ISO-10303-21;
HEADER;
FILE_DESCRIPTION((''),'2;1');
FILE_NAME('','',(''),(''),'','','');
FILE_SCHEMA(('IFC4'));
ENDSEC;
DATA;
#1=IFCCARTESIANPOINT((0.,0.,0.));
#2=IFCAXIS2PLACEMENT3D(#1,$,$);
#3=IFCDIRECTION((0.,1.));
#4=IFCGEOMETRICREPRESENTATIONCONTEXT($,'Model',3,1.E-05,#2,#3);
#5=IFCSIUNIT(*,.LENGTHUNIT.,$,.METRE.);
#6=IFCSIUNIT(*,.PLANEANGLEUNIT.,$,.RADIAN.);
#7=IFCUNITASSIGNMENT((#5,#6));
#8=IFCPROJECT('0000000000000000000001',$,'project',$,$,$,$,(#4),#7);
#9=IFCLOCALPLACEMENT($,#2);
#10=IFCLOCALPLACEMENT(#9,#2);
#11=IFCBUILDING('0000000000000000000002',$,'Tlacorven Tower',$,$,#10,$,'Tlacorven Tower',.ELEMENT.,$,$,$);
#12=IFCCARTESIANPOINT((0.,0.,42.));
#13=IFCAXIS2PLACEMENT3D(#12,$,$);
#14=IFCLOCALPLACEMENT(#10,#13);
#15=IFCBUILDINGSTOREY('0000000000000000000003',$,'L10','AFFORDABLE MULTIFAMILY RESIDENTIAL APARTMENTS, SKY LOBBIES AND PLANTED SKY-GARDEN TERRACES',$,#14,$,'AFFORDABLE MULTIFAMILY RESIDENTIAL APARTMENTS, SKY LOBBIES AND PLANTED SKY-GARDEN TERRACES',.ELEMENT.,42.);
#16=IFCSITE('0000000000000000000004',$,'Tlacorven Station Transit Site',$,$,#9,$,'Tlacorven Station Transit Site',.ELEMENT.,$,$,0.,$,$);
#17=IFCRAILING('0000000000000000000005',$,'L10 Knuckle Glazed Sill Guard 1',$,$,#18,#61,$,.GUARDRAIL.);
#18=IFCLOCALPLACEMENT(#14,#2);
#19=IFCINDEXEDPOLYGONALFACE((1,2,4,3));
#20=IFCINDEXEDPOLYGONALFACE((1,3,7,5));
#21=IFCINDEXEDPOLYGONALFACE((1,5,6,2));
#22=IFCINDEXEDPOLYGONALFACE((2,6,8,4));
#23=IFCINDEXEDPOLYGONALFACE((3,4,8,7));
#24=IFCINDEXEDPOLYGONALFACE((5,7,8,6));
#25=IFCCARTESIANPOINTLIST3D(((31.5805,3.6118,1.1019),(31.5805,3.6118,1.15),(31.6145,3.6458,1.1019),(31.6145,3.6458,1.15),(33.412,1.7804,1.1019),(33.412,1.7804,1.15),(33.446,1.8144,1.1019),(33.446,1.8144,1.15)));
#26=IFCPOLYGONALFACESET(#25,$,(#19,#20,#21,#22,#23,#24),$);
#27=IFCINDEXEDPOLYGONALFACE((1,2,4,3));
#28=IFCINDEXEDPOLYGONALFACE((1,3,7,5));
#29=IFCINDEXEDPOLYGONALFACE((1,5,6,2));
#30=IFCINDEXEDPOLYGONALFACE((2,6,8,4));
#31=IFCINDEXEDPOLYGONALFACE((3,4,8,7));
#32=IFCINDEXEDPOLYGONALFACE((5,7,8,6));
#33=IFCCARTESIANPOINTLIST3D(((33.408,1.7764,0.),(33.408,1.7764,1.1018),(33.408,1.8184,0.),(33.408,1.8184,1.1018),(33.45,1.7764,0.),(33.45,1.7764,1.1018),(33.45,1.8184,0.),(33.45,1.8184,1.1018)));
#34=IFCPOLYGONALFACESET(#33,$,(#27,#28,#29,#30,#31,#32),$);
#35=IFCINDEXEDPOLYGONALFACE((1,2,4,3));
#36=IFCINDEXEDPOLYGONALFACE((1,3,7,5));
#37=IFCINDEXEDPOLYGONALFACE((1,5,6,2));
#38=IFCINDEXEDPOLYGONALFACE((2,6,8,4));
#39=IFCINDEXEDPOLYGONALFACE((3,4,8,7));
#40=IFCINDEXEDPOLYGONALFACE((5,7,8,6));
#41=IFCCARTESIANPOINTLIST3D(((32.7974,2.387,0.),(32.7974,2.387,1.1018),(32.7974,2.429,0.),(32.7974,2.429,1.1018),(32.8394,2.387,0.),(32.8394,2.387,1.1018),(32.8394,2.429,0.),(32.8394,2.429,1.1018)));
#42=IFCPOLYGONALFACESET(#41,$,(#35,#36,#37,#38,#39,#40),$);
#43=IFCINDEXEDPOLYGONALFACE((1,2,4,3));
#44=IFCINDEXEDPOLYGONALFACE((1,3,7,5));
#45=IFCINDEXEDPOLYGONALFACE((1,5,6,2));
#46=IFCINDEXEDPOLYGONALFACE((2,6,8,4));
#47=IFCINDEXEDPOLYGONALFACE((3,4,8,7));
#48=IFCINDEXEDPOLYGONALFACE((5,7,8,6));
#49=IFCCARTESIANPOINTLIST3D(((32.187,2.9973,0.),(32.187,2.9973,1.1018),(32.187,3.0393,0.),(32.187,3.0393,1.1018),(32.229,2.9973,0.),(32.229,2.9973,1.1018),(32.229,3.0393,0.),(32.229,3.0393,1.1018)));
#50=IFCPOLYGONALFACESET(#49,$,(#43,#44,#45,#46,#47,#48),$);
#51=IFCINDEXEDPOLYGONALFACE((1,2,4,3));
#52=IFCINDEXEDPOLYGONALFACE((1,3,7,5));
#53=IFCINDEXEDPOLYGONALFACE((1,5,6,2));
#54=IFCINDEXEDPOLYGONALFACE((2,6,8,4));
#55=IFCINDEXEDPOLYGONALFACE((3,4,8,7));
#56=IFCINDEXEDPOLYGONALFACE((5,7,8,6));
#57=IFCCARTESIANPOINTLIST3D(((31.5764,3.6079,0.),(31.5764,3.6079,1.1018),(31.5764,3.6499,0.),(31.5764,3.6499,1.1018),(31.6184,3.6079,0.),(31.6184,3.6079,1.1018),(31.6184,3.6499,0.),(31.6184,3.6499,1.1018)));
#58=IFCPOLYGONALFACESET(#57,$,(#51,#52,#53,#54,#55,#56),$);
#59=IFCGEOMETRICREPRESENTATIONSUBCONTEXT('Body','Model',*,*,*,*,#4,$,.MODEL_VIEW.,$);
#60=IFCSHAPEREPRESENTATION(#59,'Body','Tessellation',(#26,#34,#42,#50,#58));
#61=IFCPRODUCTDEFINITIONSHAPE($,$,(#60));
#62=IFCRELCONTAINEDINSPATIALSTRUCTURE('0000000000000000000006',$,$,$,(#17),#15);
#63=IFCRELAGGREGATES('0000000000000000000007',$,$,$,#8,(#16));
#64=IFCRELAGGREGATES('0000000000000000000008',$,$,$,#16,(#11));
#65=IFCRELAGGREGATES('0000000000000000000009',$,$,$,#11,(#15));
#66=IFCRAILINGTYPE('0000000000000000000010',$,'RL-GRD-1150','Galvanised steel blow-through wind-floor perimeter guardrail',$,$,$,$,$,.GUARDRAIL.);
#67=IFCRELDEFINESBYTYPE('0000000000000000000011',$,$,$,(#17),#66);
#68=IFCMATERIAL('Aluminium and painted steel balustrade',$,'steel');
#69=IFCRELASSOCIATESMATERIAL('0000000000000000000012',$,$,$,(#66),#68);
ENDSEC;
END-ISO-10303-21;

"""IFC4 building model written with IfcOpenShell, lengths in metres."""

from ifc_helpers import new_model, si_unit, direction, frame, origin, origin_2d, place, context, subcontext, project, spatial, rectangle, extrude, source, transform, mapped, material, type_object, element, save


model = new_model("IFC4")

# Units and contexts
model_context = context("Model", 3, precision=1e-05, world=origin(), true_north=direction((0.0, 1.0)))
body_context = subcontext(model_context, "Body", "Model", "MODEL_VIEW")
ifc_project = project(units=[si_unit("LENGTHUNIT", "METRE"), si_unit("PLANEANGLEUNIT", "RADIAN")], contexts=[model_context])

# Site, building, storey
site_placement = place(None, origin())
site = spatial("IfcSite", under=ifc_project, at=site_placement, Name="Tlacorven Station Transit Site", LongName="Tlacorven Station Transit Site", CompositionType="ELEMENT", RefElevation=0.0)
building_placement = place(site_placement, origin())
building = spatial("IfcBuilding", under=site, at=building_placement, Name="Tlacorven Tower", LongName="Tlacorven Tower", CompositionType="ELEMENT")
storey_placement = place(building_placement, frame((0.0, 0.0, 42.0)))
storey = spatial("IfcBuildingStorey", under=building, at=storey_placement, Name="L10", Description="AFFORDABLE MULTIFAMILY RESIDENTIAL APARTMENTS, SKY LOBBIES AND PLANTED SKY-GARDEN TERRACES", LongName="AFFORDABLE MULTIFAMILY RESIDENTIAL APARTMENTS, SKY LOBBIES AND PLANTED SKY-GARDEN TERRACES", CompositionType="ELEMENT", Elevation=42.0)

# Railing
ifc_material_1 = material(Name="Aluminium and painted steel balustrade", Category="steel")
railing_type = type_object("IfcRailingType", Name="RL-GRD-1150", Description="Galvanised steel blow-through wind-floor perimeter guardrail", PredefinedType="GUARDRAIL", material=ifc_material_1)
shared_shape_1 = source(origin(), body_context, "Body", "SweptSolid", [
    extrude(rectangle(XDim=0.0481, YDim=0.0481, at=origin_2d()), frame((0.0, 0.0, 1.126), z_axis=(-0.707107, 0.707107, 0.0), x_axis=(-0.707107, -0.707107, 0.0)), (0.0, 0.0, 1.0), 2.5901),
    extrude(rectangle(XDim=0.042, YDim=0.042, at=origin_2d()), origin(), (0.0, 0.0, 1.0), 1.1018),
    extrude(rectangle(XDim=0.042, YDim=0.042, at=origin_2d()), frame((-0.6106, 0.6106, 0.0)), (0.0, 0.0, 1.0), 1.1018),
    extrude(rectangle(XDim=0.042, YDim=0.042, at=origin_2d()), frame((-1.2209, 1.2209, 0.0)), (0.0, 0.0, 1.0), 1.1018),
    extrude(rectangle(XDim=0.042, YDim=0.042, at=origin_2d()), frame((-1.8315, 1.8315, 0.0)), (0.0, 0.0, 1.0), 1.1018),
])
railing_placement = place(storey_placement, frame((33.429, 1.7974, 0.0)))
element("IfcRailing", 1, at=railing_placement, inside=storey, type_object=railing_type, Name="L10 Knuckle Glazed Sill Guard 1", PredefinedType="GUARDRAIL", context=body_context, shape_type="MappedRepresentation", body=[
    mapped(shared_shape_1, transform((0.0, 0.0, 0.0), scale=1.0)),
])

save(model, "model.ifc")
